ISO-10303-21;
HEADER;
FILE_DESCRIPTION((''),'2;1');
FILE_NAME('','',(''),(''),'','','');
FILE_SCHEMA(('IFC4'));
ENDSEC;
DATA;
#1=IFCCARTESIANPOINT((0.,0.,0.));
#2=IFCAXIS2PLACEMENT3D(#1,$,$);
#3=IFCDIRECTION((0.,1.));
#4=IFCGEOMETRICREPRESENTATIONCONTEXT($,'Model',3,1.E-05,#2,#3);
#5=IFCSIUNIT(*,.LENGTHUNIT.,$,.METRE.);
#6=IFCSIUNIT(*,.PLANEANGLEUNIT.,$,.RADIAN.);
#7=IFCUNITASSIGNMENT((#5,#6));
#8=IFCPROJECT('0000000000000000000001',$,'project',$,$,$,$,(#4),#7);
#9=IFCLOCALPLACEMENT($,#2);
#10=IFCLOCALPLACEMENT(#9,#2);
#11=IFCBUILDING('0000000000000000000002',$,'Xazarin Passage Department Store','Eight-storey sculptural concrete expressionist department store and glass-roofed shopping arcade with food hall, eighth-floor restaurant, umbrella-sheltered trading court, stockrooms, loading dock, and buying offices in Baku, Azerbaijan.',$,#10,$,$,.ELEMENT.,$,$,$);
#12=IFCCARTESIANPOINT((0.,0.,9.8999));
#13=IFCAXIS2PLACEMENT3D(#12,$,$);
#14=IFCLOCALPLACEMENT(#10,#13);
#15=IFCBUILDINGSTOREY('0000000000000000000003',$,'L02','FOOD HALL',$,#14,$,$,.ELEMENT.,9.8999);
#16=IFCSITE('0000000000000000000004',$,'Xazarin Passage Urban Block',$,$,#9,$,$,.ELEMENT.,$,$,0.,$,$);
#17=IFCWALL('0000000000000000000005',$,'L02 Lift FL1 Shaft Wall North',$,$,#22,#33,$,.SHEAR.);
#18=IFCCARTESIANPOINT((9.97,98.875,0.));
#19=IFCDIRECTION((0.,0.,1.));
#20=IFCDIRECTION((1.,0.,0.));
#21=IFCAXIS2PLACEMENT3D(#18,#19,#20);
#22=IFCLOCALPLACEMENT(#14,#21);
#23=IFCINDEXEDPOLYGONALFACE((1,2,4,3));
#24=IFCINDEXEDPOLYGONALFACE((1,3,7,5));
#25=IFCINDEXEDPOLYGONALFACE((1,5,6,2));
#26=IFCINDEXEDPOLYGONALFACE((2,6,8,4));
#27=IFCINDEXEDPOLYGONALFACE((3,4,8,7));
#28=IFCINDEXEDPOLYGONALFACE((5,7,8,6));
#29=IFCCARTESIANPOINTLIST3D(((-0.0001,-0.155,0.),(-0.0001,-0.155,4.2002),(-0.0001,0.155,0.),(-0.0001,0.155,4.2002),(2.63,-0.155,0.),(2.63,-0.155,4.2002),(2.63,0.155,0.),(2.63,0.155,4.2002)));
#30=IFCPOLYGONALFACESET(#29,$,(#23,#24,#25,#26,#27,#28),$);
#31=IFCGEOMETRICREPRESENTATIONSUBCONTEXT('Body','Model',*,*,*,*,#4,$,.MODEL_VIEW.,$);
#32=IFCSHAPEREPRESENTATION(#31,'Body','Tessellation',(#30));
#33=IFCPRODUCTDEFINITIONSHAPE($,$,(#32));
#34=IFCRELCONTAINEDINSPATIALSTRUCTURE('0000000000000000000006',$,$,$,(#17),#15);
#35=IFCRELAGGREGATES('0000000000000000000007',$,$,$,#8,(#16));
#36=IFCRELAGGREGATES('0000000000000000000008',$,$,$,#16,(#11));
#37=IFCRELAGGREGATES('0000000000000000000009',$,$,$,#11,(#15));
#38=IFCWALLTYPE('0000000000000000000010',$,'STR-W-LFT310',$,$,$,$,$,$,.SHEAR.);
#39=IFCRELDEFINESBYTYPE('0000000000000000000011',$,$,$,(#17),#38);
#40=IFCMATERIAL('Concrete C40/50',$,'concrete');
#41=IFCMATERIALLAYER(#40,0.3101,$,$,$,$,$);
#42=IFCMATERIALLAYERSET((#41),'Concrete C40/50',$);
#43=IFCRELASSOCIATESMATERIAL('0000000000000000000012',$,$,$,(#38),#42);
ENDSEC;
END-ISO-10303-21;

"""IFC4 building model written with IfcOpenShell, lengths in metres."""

from ifc_helpers import new_model, si_unit, direction, frame, frame_2d, origin, place, context, subcontext, project, spatial, rectangle, extrude, material, layer, layer_set, type_object, element, save


model = new_model("IFC4")

# Units and contexts
model_context = context("Model", 3, precision=1e-05, world=origin(), true_north=direction((0.0, 1.0)))
body_context = subcontext(model_context, "Body", "Model", "MODEL_VIEW")
ifc_project = project(units=[si_unit("LENGTHUNIT", "METRE"), si_unit("PLANEANGLEUNIT", "RADIAN")], contexts=[model_context])

# Site, building, storey
site_placement = place(None, origin())
site = spatial("IfcSite", under=ifc_project, at=site_placement, Name="Xazarin Passage Urban Block", CompositionType="ELEMENT", RefElevation=0.0)
building_placement = place(site_placement, origin())
building = spatial("IfcBuilding", under=site, at=building_placement, Name="Xazarin Passage Department Store", Description="Eight-storey sculptural concrete expressionist department store and glass-roofed shopping arcade with food hall, eighth-floor restaurant, umbrella-sheltered trading court, stockrooms, loading dock, and buying offices in Baku, Azerbaijan.", CompositionType="ELEMENT")
storey_placement = place(building_placement, frame((0.0, 0.0, 9.8999)))
storey = spatial("IfcBuildingStorey", under=building, at=storey_placement, Name="L02", Description="FOOD HALL", CompositionType="ELEMENT", Elevation=9.8999)

# Shared definitions
ifc_material_1 = material(Name="Concrete C40/50", Category="concrete")

# Shared definitions
ifc_layer_1 = layer(ifc_material_1, 0.3101)
ifc_layer_set_1 = layer_set([ifc_layer_1], Name="Concrete C40/50")
wall_type_1 = type_object("IfcWallType", Name="STR-W-LFT310", PredefinedType="SHEAR", material=ifc_layer_set_1)

# Wall
wall_1_placement = place(storey_placement, frame((9.97, 98.875, 0.0), z_axis=(0.0, 0.0, 1.0), x_axis=(1.0, 0.0, 0.0)))
element("IfcWall", 1, at=wall_1_placement, inside=storey, type_object=wall_type_1, Name="L02 Lift FL1 Shaft Wall North", PredefinedType="SHEAR", context=body_context, shape_type="SweptSolid", body=[
    extrude(rectangle(XDim=2.6301, YDim=0.3101, at=frame_2d((1.3149, 0.0))), origin(), (0.0, 0.0, 1.0), 4.2002),
])

save(model, "model.ifc")
